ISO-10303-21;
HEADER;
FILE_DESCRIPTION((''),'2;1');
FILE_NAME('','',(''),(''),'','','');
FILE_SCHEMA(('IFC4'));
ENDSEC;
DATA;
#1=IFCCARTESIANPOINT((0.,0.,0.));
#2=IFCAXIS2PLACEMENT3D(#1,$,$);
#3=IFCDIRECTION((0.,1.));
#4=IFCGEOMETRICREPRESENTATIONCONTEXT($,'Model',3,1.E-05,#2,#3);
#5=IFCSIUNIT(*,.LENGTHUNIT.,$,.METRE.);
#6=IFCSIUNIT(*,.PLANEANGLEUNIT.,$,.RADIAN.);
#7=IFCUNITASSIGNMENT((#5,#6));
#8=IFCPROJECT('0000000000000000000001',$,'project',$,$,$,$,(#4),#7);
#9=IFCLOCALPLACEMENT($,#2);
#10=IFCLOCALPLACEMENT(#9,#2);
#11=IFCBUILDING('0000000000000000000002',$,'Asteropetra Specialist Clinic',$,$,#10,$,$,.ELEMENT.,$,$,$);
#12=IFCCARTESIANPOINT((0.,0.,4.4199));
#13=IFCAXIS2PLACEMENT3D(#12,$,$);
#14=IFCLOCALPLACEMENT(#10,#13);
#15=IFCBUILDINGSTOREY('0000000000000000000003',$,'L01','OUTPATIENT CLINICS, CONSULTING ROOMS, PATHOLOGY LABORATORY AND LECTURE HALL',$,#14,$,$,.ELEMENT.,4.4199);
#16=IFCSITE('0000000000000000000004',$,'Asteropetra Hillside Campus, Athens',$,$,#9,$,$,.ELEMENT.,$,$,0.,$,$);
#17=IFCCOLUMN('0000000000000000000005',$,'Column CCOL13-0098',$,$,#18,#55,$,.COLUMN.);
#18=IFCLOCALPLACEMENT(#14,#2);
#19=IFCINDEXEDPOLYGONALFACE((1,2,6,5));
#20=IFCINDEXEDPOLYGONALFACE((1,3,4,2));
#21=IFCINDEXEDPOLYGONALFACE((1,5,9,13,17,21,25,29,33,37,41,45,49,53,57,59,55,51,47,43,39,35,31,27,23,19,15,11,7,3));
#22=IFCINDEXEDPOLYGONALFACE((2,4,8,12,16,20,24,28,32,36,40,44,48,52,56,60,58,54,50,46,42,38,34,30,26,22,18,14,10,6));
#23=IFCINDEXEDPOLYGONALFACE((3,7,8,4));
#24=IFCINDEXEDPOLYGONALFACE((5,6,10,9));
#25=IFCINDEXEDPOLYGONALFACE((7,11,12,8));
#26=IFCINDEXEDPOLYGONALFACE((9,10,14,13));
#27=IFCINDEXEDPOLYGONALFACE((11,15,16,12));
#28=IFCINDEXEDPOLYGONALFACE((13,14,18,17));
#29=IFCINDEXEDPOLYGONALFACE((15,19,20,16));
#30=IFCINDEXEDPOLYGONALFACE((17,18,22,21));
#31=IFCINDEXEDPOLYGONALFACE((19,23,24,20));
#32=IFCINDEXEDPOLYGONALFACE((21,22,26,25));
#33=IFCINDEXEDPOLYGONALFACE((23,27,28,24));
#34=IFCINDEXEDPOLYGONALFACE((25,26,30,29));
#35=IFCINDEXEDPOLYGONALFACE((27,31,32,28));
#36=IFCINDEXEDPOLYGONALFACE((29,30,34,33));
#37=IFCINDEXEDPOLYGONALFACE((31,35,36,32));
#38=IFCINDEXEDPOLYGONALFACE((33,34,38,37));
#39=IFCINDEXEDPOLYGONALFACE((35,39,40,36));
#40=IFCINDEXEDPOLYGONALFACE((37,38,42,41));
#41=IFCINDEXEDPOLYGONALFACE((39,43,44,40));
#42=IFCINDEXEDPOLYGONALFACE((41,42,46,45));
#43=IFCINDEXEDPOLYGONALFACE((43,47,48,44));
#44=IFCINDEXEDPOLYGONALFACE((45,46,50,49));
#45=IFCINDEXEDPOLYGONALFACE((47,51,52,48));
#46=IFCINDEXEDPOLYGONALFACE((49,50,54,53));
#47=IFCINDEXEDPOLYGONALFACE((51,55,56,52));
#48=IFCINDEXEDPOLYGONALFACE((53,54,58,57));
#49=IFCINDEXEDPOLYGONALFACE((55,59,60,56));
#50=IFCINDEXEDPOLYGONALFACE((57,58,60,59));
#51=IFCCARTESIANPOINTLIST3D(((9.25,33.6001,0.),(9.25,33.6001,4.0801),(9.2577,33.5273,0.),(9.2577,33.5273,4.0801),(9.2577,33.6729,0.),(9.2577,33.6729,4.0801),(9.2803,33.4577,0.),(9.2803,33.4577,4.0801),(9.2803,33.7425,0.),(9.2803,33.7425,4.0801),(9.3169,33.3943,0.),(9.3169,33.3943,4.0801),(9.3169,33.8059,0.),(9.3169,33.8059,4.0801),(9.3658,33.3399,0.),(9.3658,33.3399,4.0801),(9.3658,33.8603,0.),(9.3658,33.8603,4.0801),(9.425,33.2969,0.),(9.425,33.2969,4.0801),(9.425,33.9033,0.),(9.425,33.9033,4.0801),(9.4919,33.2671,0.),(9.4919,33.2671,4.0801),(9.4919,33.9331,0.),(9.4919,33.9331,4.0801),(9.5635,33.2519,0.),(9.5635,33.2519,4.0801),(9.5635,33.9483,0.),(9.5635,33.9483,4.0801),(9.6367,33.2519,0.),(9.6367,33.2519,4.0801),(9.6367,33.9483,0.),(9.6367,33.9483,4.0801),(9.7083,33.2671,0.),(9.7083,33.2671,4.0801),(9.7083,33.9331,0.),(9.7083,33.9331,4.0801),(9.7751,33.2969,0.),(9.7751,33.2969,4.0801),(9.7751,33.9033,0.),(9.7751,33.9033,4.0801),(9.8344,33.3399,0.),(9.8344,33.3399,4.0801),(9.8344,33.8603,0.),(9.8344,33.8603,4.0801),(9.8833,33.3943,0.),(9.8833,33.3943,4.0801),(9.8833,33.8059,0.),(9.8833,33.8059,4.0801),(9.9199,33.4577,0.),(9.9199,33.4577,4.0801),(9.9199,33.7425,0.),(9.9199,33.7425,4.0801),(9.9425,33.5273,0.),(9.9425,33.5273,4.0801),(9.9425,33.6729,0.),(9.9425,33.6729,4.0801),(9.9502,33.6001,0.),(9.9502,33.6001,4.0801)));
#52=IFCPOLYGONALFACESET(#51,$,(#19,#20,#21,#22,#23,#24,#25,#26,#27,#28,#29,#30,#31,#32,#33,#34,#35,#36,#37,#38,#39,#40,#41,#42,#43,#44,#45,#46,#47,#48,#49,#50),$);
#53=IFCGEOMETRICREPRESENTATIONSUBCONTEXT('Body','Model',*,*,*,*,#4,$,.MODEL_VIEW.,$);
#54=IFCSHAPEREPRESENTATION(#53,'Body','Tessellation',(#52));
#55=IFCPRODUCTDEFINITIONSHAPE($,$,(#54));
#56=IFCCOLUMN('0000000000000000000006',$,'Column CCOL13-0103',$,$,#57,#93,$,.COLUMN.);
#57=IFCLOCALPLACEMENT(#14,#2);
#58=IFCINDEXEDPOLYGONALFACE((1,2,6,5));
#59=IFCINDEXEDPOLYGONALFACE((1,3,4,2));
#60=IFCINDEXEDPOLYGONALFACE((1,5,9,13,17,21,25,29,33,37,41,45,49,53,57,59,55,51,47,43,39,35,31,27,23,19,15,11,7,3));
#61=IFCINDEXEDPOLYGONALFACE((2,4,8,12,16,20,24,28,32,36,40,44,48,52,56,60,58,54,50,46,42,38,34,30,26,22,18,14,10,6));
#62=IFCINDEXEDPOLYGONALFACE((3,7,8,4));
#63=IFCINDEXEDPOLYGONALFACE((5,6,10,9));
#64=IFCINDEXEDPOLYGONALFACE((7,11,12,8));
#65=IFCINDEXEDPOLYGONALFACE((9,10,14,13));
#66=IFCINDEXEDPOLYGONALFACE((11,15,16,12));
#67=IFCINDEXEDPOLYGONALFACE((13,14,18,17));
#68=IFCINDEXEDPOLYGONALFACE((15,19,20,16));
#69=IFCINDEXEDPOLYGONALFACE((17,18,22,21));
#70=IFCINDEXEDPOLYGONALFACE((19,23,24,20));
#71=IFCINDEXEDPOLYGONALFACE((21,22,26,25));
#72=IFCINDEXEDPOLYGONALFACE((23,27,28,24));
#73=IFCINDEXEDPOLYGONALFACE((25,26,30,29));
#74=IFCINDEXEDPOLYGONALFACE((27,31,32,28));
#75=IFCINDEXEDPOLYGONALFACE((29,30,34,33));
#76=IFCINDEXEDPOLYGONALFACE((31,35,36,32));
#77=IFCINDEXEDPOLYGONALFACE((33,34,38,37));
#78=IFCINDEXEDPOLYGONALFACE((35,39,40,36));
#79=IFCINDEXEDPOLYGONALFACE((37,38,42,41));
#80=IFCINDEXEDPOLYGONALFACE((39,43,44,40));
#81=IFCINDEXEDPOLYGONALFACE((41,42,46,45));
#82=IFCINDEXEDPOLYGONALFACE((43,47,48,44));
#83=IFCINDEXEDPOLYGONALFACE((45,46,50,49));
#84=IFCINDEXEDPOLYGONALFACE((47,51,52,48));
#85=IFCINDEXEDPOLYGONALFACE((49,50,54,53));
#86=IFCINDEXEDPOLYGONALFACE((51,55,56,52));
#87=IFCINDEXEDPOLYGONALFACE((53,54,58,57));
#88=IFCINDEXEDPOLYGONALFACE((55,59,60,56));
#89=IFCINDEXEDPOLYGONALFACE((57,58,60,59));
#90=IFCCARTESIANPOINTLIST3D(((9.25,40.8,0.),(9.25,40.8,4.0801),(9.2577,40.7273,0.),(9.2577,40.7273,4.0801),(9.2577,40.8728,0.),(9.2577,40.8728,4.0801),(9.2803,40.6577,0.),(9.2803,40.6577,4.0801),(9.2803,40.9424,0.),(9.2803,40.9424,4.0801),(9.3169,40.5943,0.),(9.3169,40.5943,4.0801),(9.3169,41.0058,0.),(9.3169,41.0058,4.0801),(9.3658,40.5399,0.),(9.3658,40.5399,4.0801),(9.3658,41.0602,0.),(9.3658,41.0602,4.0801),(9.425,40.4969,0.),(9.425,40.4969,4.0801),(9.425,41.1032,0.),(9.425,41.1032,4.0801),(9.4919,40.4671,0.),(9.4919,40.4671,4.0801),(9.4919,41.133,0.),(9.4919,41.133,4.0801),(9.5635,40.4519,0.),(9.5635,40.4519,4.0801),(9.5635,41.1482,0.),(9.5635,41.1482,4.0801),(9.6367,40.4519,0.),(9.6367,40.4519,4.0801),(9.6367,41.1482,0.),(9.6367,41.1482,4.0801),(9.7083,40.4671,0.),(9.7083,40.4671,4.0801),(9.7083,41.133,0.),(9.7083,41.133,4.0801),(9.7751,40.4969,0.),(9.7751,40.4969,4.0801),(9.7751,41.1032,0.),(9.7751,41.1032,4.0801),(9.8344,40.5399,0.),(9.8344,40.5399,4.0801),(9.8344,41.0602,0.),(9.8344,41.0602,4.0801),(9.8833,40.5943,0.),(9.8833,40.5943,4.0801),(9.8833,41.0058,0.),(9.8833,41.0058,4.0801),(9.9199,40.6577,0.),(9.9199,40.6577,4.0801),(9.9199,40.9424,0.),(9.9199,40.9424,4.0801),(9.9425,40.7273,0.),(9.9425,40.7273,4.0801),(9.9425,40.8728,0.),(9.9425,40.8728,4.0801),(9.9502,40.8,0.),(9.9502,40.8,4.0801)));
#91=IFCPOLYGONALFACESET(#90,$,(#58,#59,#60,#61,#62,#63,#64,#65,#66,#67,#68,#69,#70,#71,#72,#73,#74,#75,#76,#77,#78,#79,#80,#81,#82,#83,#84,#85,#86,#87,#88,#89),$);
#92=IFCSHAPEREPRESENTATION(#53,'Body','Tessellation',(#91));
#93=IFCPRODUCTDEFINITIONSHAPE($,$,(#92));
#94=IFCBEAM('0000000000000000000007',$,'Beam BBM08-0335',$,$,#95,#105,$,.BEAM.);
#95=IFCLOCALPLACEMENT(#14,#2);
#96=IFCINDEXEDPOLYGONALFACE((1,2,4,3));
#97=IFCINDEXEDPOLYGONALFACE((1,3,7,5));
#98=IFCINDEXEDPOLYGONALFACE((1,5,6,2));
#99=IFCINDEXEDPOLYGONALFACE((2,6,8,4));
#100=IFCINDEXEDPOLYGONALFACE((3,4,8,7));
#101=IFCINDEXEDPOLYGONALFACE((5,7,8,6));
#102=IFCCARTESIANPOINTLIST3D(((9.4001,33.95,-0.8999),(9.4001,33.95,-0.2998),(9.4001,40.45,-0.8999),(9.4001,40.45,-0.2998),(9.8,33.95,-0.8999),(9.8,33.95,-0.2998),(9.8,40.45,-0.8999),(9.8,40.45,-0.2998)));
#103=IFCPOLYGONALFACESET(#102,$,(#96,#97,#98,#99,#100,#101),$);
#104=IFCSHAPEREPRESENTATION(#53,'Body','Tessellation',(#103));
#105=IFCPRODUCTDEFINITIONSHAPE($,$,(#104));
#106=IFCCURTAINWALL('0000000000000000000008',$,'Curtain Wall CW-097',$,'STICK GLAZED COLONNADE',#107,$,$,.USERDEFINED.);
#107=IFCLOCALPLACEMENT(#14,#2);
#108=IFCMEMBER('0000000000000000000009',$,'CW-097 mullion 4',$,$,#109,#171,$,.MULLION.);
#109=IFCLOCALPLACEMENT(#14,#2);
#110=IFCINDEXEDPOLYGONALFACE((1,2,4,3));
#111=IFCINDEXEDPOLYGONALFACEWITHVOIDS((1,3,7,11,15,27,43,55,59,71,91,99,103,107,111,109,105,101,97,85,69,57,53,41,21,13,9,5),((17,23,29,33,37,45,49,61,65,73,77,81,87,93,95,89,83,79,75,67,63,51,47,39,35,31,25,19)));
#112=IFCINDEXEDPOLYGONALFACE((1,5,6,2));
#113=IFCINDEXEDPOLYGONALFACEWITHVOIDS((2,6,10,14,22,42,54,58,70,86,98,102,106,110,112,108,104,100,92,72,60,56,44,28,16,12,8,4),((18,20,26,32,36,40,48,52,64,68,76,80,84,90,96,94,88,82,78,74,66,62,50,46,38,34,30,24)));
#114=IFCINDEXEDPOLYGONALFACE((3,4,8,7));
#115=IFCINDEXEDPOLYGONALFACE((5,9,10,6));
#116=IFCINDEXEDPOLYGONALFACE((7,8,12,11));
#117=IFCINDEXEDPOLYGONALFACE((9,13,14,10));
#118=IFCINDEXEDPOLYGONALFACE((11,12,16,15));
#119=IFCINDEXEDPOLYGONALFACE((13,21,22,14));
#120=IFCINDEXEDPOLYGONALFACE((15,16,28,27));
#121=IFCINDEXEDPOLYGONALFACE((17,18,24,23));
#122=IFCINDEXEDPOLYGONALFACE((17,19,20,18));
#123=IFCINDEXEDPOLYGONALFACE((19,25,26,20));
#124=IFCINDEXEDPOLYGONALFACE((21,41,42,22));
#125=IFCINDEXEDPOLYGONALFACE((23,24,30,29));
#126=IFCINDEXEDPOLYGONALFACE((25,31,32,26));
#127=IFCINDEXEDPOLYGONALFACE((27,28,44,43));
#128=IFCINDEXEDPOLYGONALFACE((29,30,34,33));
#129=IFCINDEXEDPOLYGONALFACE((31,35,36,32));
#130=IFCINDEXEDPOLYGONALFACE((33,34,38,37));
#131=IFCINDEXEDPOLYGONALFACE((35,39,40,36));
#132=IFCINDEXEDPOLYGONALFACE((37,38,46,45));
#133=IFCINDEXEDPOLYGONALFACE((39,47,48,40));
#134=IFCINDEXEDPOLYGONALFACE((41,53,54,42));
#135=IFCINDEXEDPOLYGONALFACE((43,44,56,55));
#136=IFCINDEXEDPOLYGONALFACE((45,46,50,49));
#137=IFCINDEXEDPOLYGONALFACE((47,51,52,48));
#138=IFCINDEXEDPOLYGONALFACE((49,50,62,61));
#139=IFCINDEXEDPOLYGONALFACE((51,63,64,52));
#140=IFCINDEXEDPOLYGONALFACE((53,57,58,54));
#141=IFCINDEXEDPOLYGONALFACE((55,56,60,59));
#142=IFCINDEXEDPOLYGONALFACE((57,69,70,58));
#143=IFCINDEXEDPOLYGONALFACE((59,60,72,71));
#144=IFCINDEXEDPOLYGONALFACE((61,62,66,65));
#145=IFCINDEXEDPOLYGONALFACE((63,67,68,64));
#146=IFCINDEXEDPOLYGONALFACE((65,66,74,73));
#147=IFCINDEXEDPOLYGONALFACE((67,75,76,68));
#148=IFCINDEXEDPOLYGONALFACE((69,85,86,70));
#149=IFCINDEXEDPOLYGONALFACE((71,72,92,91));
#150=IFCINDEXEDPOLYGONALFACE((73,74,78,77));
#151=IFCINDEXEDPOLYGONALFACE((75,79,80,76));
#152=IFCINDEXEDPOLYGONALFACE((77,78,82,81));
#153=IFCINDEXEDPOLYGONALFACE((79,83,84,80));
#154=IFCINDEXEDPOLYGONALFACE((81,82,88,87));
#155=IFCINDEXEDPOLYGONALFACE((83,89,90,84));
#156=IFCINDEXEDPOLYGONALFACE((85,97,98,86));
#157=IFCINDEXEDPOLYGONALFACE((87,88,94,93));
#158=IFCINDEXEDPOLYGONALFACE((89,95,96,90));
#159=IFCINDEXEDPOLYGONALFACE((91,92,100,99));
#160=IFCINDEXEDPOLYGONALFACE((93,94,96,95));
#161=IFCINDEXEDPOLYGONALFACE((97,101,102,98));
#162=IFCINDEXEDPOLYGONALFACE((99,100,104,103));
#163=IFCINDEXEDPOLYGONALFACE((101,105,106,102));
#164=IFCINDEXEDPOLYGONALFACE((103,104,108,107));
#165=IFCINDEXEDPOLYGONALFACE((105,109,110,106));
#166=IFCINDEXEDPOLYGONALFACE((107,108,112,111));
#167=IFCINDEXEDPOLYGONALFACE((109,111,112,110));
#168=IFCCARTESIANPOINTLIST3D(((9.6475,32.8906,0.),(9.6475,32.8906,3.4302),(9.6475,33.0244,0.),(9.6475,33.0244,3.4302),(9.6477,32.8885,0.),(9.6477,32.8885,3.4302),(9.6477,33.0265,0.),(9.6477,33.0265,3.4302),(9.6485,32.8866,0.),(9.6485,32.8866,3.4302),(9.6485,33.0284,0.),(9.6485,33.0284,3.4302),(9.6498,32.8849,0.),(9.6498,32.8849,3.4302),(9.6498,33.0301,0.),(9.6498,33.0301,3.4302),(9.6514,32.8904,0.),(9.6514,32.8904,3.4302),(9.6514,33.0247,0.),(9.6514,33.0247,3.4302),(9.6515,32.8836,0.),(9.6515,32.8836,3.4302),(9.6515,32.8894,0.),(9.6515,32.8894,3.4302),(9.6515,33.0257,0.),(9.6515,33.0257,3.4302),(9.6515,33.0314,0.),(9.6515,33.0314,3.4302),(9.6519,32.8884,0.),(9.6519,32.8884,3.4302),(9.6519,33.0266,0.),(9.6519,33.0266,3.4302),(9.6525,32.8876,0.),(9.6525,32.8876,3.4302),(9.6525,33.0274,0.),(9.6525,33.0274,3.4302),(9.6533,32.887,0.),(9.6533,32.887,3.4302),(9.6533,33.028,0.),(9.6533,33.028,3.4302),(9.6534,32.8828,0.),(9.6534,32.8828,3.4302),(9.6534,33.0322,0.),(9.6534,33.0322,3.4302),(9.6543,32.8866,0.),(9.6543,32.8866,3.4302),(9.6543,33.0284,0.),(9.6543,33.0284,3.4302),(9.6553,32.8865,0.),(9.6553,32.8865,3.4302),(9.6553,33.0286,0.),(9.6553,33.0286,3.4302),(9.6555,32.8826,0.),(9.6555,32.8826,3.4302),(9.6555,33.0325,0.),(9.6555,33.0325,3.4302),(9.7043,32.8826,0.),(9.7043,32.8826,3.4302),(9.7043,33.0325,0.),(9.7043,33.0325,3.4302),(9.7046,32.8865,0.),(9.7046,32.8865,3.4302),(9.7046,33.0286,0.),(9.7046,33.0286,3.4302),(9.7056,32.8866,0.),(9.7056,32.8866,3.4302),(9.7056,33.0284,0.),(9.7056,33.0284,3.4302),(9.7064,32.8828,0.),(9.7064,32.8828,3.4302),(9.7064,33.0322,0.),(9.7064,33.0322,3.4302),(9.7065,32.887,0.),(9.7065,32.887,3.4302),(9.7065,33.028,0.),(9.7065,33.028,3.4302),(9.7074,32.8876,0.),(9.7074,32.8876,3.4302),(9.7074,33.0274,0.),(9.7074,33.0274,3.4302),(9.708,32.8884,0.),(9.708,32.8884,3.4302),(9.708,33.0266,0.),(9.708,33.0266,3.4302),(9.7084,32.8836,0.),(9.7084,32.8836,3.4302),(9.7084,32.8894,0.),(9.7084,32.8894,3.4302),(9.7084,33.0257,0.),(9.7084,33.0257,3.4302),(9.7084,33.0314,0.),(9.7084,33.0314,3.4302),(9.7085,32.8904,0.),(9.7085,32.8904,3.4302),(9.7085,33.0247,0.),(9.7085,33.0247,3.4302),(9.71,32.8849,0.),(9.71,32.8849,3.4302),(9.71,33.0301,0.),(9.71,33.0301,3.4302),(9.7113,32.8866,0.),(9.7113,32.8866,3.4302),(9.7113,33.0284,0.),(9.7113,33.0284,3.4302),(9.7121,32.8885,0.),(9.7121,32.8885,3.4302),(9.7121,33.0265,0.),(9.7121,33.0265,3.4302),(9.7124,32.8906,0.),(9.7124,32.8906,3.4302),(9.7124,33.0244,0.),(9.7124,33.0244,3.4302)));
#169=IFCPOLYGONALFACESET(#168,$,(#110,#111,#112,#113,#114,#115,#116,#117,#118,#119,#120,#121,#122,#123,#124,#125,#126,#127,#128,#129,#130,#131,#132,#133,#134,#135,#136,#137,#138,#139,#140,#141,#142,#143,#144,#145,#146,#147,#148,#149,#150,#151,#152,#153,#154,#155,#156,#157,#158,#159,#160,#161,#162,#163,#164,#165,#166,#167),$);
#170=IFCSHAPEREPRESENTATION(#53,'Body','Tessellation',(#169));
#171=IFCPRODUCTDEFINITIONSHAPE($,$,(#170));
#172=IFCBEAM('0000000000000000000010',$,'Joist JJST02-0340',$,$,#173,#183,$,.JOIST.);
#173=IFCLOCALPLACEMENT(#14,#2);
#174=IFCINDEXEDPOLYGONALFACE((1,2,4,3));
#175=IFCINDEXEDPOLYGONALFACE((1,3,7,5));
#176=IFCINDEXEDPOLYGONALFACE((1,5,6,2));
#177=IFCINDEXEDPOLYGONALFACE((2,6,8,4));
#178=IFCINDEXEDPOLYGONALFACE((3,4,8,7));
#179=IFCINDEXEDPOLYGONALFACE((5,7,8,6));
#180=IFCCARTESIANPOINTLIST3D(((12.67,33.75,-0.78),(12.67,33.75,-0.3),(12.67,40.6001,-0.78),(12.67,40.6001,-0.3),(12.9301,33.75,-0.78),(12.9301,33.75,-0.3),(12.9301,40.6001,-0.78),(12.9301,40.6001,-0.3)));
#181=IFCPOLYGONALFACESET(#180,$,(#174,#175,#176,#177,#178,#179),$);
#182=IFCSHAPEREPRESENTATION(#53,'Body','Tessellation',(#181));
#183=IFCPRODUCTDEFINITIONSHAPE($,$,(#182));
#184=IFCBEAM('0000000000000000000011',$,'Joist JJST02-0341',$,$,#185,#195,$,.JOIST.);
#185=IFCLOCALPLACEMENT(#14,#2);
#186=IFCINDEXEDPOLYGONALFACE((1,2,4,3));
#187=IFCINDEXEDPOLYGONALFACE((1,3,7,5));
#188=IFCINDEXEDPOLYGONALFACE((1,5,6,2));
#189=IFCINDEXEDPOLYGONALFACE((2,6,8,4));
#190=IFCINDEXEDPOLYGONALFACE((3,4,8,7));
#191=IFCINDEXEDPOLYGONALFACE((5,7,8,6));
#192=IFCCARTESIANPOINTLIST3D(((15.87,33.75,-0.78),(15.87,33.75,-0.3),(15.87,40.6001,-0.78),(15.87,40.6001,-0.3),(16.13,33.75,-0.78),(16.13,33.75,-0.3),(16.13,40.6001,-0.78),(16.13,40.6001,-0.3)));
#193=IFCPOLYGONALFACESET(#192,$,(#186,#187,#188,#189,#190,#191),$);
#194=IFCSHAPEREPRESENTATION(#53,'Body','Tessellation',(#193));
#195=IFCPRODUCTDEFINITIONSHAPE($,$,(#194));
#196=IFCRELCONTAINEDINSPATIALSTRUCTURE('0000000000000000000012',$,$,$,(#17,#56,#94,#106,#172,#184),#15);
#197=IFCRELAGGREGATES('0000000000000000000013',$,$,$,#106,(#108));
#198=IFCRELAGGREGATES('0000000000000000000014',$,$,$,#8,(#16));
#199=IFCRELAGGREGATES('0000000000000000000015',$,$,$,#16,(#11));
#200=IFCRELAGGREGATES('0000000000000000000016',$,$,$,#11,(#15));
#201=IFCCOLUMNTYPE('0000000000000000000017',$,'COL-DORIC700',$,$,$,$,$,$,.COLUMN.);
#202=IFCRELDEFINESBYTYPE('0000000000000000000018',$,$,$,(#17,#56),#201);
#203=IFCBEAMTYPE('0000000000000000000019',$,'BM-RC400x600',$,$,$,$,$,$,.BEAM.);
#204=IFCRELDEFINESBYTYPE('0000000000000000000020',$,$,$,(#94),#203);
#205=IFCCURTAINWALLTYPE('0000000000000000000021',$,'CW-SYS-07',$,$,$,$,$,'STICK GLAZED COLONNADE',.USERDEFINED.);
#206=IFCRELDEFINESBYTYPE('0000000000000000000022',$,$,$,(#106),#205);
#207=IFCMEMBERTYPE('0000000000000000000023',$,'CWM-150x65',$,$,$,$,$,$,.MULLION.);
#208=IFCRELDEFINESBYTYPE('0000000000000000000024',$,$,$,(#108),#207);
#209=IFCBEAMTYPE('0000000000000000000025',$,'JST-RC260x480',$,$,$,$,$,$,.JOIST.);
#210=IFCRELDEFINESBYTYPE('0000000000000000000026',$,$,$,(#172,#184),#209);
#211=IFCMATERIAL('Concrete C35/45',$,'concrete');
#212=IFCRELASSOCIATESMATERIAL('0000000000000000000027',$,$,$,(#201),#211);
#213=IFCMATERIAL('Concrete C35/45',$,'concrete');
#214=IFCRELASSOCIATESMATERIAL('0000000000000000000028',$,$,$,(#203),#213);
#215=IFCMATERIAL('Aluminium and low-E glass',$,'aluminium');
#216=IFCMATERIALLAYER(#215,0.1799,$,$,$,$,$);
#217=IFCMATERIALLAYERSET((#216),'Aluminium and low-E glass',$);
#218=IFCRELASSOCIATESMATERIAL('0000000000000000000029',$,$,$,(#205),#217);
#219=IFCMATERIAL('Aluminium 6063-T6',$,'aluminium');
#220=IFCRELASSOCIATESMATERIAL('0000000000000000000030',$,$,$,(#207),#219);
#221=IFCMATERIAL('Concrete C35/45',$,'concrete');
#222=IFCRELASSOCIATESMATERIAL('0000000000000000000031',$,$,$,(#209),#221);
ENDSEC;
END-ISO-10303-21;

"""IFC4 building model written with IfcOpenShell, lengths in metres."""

from ifc_helpers import new_model, si_unit, direction, frame, origin, origin_2d, place, context, subcontext, project, spatial, rectangle, hollow_rectangle, circle, extrude, material, layer, layer_set, material_profile, profile_set, type_object, element, aggregate, save


model = new_model("IFC4")

# Units and contexts
model_context = context("Model", 3, precision=1e-05, world=origin(), true_north=direction((0.0, 1.0)))
body_context = subcontext(model_context, "Body", "Model", "MODEL_VIEW")
ifc_project = project(units=[si_unit("LENGTHUNIT", "METRE"), si_unit("PLANEANGLEUNIT", "RADIAN")], contexts=[model_context])

# Site, building, storey
site_placement = place(None, origin())
site = spatial("IfcSite", under=ifc_project, at=site_placement, Name="Asteropetra Hillside Campus, Athens", CompositionType="ELEMENT", RefElevation=0.0)
building_placement = place(site_placement, origin())
building = spatial("IfcBuilding", under=site, at=building_placement, Name="Asteropetra Specialist Clinic", CompositionType="ELEMENT")
storey_placement = place(building_placement, frame((0.0, 0.0, 4.4199)))
storey = spatial("IfcBuildingStorey", under=building, at=storey_placement, Name="L01", Description="OUTPATIENT CLINICS, CONSULTING ROOMS, PATHOLOGY LABORATORY AND LECTURE HALL", CompositionType="ELEMENT", Elevation=4.4199)

# Columns
ifc_material_1 = material(Name="Concrete C35/45", Category="concrete")
ifc_material_profile_1 = material_profile(ifc_material_1, circle(Radius=0.3501, at=origin_2d()), Name="RCC D700")
ifc_profile_set_1 = profile_set([ifc_material_profile_1], Name="Concrete C35/45")
column_type = type_object("IfcColumnType", Name="COL-DORIC700", PredefinedType="COLUMN", material=ifc_profile_set_1)
for number, where, z_axis, x_axis, name in (
    (1, (9.6001, 33.6001, 0.0), (0.0, 0.0, 1.0), (1.0, 0.0, 0.0), "Column CCOL13-0098"),
    (2, (9.6001, 40.8, 0.0), (0.0, 0.0, 1.0), (1.0, 0.0, 0.0), "Column CCOL13-0103"),
):
    element("IfcColumn", number, at=place(storey_placement, frame(where, z_axis=z_axis, x_axis=x_axis)), inside=storey, type_object=column_type, Name=name, PredefinedType="COLUMN", context=body_context, shape_type="SweptSolid", body=[
        extrude(circle(Radius=0.3501, at=origin_2d()), origin(), (0.0, 0.0, 1.0), 4.0801),
    ])

# Beam
ifc_material_2 = material(Name="Concrete C35/45", Category="concrete")
ifc_material_profile_2 = material_profile(ifc_material_2, rectangle(XDim=0.3999, YDim=0.6001, at=origin_2d()), Name="RCB 400x600")
ifc_profile_set_2 = profile_set([ifc_material_profile_2], Name="Concrete C35/45")
beam_type_1 = type_object("IfcBeamType", Name="BM-RC400x600", PredefinedType="BEAM", material=ifc_profile_set_2)
beam_1_placement = place(storey_placement, frame((9.6001, 33.95, -0.5999), z_axis=(0.0, 1.0, 0.0), x_axis=(-1.0, 0.0, 0.0)))
element("IfcBeam", 3, at=beam_1_placement, inside=storey, type_object=beam_type_1, Name="Beam BBM08-0335", PredefinedType="BEAM", context=body_context, shape_type="SweptSolid", body=[
    extrude(rectangle(XDim=0.3999, YDim=0.6001, at=origin_2d()), origin(), (0.0, 0.0, 1.0), 6.5),
])

# Curtain wall, member
ifc_material_3 = material(Name="Aluminium and low-E glass", Category="aluminium")
ifc_layer_1 = layer(ifc_material_3, 0.1799)
ifc_layer_set_1 = layer_set([ifc_layer_1], Name="Aluminium and low-E glass")
curtain_wall_type = type_object("IfcCurtainWallType", Name="CW-SYS-07", ElementType="STICK GLAZED COLONNADE", PredefinedType="USERDEFINED", material=ifc_layer_set_1)
curtain_wall_placement = place(storey_placement, origin())
curtain_wall = element("IfcCurtainWall", 4, at=curtain_wall_placement, inside=storey, type_object=curtain_wall_type, Name="Curtain Wall CW-097", ObjectType="STICK GLAZED COLONNADE", PredefinedType="USERDEFINED")
ifc_material_4 = material(Name="Aluminium 6063-T6", Category="aluminium")
ifc_material_profile_3 = material_profile(ifc_material_4, hollow_rectangle(XDim=0.0649, YDim=0.1499, WallThickness=0.0039, InnerFilletRadius=0.0039, OuterFilletRadius=0.0081, at=origin_2d()), Name="MUL 150x65x4.0")
ifc_profile_set_3 = profile_set([ifc_material_profile_3], Name="Aluminium 6063-T6")
member_type = type_object("IfcMemberType", Name="CWM-150x65", PredefinedType="MULLION", material=ifc_profile_set_3)
member_placement = place(storey_placement, frame((9.6799, 32.9575, 0.0), z_axis=(0.0, 0.0, 1.0), x_axis=(-1.0, 0.0, 0.0)))
member = element("IfcMember", 5, at=member_placement, type_object=member_type, Name="CW-097 mullion 4", PredefinedType="MULLION", context=body_context, shape_type="SweptSolid", body=[
    extrude(hollow_rectangle(XDim=0.0649, YDim=0.1499, WallThickness=0.0039, InnerFilletRadius=0.0039, OuterFilletRadius=0.0081, at=origin_2d()), origin(), (0.0, 0.0, 1.0), 3.4302),
])

# Beams
ifc_material_5 = material(Name="Concrete C35/45", Category="concrete")
ifc_material_profile_4 = material_profile(ifc_material_5, rectangle(XDim=0.26, YDim=0.48, at=origin_2d()), Name="RCJ 260x480")
ifc_profile_set_4 = profile_set([ifc_material_profile_4], Name="Concrete C35/45")
beam_type_2 = type_object("IfcBeamType", Name="JST-RC260x480", PredefinedType="JOIST", material=ifc_profile_set_4)
for number, where, z_axis, x_axis, name in (
    (6, (12.8, 33.75, -0.54), (0.0, 1.0, 0.0), (-1.0, 0.0, 0.0), "Joist JJST02-0340"),
    (7, (16.0, 33.75, -0.54), (0.0, 1.0, 0.0), (-1.0, 0.0, 0.0), "Joist JJST02-0341"),
):
    element("IfcBeam", number, at=place(storey_placement, frame(where, z_axis=z_axis, x_axis=x_axis)), inside=storey, type_object=beam_type_2, Name=name, PredefinedType="JOIST", context=body_context, shape_type="SweptSolid", body=[
        extrude(rectangle(XDim=0.26, YDim=0.48, at=origin_2d()), origin(), (0.0, 0.0, 1.0), 6.8501),
    ])

aggregate(curtain_wall, [member])

save(model, "model.ifc")
